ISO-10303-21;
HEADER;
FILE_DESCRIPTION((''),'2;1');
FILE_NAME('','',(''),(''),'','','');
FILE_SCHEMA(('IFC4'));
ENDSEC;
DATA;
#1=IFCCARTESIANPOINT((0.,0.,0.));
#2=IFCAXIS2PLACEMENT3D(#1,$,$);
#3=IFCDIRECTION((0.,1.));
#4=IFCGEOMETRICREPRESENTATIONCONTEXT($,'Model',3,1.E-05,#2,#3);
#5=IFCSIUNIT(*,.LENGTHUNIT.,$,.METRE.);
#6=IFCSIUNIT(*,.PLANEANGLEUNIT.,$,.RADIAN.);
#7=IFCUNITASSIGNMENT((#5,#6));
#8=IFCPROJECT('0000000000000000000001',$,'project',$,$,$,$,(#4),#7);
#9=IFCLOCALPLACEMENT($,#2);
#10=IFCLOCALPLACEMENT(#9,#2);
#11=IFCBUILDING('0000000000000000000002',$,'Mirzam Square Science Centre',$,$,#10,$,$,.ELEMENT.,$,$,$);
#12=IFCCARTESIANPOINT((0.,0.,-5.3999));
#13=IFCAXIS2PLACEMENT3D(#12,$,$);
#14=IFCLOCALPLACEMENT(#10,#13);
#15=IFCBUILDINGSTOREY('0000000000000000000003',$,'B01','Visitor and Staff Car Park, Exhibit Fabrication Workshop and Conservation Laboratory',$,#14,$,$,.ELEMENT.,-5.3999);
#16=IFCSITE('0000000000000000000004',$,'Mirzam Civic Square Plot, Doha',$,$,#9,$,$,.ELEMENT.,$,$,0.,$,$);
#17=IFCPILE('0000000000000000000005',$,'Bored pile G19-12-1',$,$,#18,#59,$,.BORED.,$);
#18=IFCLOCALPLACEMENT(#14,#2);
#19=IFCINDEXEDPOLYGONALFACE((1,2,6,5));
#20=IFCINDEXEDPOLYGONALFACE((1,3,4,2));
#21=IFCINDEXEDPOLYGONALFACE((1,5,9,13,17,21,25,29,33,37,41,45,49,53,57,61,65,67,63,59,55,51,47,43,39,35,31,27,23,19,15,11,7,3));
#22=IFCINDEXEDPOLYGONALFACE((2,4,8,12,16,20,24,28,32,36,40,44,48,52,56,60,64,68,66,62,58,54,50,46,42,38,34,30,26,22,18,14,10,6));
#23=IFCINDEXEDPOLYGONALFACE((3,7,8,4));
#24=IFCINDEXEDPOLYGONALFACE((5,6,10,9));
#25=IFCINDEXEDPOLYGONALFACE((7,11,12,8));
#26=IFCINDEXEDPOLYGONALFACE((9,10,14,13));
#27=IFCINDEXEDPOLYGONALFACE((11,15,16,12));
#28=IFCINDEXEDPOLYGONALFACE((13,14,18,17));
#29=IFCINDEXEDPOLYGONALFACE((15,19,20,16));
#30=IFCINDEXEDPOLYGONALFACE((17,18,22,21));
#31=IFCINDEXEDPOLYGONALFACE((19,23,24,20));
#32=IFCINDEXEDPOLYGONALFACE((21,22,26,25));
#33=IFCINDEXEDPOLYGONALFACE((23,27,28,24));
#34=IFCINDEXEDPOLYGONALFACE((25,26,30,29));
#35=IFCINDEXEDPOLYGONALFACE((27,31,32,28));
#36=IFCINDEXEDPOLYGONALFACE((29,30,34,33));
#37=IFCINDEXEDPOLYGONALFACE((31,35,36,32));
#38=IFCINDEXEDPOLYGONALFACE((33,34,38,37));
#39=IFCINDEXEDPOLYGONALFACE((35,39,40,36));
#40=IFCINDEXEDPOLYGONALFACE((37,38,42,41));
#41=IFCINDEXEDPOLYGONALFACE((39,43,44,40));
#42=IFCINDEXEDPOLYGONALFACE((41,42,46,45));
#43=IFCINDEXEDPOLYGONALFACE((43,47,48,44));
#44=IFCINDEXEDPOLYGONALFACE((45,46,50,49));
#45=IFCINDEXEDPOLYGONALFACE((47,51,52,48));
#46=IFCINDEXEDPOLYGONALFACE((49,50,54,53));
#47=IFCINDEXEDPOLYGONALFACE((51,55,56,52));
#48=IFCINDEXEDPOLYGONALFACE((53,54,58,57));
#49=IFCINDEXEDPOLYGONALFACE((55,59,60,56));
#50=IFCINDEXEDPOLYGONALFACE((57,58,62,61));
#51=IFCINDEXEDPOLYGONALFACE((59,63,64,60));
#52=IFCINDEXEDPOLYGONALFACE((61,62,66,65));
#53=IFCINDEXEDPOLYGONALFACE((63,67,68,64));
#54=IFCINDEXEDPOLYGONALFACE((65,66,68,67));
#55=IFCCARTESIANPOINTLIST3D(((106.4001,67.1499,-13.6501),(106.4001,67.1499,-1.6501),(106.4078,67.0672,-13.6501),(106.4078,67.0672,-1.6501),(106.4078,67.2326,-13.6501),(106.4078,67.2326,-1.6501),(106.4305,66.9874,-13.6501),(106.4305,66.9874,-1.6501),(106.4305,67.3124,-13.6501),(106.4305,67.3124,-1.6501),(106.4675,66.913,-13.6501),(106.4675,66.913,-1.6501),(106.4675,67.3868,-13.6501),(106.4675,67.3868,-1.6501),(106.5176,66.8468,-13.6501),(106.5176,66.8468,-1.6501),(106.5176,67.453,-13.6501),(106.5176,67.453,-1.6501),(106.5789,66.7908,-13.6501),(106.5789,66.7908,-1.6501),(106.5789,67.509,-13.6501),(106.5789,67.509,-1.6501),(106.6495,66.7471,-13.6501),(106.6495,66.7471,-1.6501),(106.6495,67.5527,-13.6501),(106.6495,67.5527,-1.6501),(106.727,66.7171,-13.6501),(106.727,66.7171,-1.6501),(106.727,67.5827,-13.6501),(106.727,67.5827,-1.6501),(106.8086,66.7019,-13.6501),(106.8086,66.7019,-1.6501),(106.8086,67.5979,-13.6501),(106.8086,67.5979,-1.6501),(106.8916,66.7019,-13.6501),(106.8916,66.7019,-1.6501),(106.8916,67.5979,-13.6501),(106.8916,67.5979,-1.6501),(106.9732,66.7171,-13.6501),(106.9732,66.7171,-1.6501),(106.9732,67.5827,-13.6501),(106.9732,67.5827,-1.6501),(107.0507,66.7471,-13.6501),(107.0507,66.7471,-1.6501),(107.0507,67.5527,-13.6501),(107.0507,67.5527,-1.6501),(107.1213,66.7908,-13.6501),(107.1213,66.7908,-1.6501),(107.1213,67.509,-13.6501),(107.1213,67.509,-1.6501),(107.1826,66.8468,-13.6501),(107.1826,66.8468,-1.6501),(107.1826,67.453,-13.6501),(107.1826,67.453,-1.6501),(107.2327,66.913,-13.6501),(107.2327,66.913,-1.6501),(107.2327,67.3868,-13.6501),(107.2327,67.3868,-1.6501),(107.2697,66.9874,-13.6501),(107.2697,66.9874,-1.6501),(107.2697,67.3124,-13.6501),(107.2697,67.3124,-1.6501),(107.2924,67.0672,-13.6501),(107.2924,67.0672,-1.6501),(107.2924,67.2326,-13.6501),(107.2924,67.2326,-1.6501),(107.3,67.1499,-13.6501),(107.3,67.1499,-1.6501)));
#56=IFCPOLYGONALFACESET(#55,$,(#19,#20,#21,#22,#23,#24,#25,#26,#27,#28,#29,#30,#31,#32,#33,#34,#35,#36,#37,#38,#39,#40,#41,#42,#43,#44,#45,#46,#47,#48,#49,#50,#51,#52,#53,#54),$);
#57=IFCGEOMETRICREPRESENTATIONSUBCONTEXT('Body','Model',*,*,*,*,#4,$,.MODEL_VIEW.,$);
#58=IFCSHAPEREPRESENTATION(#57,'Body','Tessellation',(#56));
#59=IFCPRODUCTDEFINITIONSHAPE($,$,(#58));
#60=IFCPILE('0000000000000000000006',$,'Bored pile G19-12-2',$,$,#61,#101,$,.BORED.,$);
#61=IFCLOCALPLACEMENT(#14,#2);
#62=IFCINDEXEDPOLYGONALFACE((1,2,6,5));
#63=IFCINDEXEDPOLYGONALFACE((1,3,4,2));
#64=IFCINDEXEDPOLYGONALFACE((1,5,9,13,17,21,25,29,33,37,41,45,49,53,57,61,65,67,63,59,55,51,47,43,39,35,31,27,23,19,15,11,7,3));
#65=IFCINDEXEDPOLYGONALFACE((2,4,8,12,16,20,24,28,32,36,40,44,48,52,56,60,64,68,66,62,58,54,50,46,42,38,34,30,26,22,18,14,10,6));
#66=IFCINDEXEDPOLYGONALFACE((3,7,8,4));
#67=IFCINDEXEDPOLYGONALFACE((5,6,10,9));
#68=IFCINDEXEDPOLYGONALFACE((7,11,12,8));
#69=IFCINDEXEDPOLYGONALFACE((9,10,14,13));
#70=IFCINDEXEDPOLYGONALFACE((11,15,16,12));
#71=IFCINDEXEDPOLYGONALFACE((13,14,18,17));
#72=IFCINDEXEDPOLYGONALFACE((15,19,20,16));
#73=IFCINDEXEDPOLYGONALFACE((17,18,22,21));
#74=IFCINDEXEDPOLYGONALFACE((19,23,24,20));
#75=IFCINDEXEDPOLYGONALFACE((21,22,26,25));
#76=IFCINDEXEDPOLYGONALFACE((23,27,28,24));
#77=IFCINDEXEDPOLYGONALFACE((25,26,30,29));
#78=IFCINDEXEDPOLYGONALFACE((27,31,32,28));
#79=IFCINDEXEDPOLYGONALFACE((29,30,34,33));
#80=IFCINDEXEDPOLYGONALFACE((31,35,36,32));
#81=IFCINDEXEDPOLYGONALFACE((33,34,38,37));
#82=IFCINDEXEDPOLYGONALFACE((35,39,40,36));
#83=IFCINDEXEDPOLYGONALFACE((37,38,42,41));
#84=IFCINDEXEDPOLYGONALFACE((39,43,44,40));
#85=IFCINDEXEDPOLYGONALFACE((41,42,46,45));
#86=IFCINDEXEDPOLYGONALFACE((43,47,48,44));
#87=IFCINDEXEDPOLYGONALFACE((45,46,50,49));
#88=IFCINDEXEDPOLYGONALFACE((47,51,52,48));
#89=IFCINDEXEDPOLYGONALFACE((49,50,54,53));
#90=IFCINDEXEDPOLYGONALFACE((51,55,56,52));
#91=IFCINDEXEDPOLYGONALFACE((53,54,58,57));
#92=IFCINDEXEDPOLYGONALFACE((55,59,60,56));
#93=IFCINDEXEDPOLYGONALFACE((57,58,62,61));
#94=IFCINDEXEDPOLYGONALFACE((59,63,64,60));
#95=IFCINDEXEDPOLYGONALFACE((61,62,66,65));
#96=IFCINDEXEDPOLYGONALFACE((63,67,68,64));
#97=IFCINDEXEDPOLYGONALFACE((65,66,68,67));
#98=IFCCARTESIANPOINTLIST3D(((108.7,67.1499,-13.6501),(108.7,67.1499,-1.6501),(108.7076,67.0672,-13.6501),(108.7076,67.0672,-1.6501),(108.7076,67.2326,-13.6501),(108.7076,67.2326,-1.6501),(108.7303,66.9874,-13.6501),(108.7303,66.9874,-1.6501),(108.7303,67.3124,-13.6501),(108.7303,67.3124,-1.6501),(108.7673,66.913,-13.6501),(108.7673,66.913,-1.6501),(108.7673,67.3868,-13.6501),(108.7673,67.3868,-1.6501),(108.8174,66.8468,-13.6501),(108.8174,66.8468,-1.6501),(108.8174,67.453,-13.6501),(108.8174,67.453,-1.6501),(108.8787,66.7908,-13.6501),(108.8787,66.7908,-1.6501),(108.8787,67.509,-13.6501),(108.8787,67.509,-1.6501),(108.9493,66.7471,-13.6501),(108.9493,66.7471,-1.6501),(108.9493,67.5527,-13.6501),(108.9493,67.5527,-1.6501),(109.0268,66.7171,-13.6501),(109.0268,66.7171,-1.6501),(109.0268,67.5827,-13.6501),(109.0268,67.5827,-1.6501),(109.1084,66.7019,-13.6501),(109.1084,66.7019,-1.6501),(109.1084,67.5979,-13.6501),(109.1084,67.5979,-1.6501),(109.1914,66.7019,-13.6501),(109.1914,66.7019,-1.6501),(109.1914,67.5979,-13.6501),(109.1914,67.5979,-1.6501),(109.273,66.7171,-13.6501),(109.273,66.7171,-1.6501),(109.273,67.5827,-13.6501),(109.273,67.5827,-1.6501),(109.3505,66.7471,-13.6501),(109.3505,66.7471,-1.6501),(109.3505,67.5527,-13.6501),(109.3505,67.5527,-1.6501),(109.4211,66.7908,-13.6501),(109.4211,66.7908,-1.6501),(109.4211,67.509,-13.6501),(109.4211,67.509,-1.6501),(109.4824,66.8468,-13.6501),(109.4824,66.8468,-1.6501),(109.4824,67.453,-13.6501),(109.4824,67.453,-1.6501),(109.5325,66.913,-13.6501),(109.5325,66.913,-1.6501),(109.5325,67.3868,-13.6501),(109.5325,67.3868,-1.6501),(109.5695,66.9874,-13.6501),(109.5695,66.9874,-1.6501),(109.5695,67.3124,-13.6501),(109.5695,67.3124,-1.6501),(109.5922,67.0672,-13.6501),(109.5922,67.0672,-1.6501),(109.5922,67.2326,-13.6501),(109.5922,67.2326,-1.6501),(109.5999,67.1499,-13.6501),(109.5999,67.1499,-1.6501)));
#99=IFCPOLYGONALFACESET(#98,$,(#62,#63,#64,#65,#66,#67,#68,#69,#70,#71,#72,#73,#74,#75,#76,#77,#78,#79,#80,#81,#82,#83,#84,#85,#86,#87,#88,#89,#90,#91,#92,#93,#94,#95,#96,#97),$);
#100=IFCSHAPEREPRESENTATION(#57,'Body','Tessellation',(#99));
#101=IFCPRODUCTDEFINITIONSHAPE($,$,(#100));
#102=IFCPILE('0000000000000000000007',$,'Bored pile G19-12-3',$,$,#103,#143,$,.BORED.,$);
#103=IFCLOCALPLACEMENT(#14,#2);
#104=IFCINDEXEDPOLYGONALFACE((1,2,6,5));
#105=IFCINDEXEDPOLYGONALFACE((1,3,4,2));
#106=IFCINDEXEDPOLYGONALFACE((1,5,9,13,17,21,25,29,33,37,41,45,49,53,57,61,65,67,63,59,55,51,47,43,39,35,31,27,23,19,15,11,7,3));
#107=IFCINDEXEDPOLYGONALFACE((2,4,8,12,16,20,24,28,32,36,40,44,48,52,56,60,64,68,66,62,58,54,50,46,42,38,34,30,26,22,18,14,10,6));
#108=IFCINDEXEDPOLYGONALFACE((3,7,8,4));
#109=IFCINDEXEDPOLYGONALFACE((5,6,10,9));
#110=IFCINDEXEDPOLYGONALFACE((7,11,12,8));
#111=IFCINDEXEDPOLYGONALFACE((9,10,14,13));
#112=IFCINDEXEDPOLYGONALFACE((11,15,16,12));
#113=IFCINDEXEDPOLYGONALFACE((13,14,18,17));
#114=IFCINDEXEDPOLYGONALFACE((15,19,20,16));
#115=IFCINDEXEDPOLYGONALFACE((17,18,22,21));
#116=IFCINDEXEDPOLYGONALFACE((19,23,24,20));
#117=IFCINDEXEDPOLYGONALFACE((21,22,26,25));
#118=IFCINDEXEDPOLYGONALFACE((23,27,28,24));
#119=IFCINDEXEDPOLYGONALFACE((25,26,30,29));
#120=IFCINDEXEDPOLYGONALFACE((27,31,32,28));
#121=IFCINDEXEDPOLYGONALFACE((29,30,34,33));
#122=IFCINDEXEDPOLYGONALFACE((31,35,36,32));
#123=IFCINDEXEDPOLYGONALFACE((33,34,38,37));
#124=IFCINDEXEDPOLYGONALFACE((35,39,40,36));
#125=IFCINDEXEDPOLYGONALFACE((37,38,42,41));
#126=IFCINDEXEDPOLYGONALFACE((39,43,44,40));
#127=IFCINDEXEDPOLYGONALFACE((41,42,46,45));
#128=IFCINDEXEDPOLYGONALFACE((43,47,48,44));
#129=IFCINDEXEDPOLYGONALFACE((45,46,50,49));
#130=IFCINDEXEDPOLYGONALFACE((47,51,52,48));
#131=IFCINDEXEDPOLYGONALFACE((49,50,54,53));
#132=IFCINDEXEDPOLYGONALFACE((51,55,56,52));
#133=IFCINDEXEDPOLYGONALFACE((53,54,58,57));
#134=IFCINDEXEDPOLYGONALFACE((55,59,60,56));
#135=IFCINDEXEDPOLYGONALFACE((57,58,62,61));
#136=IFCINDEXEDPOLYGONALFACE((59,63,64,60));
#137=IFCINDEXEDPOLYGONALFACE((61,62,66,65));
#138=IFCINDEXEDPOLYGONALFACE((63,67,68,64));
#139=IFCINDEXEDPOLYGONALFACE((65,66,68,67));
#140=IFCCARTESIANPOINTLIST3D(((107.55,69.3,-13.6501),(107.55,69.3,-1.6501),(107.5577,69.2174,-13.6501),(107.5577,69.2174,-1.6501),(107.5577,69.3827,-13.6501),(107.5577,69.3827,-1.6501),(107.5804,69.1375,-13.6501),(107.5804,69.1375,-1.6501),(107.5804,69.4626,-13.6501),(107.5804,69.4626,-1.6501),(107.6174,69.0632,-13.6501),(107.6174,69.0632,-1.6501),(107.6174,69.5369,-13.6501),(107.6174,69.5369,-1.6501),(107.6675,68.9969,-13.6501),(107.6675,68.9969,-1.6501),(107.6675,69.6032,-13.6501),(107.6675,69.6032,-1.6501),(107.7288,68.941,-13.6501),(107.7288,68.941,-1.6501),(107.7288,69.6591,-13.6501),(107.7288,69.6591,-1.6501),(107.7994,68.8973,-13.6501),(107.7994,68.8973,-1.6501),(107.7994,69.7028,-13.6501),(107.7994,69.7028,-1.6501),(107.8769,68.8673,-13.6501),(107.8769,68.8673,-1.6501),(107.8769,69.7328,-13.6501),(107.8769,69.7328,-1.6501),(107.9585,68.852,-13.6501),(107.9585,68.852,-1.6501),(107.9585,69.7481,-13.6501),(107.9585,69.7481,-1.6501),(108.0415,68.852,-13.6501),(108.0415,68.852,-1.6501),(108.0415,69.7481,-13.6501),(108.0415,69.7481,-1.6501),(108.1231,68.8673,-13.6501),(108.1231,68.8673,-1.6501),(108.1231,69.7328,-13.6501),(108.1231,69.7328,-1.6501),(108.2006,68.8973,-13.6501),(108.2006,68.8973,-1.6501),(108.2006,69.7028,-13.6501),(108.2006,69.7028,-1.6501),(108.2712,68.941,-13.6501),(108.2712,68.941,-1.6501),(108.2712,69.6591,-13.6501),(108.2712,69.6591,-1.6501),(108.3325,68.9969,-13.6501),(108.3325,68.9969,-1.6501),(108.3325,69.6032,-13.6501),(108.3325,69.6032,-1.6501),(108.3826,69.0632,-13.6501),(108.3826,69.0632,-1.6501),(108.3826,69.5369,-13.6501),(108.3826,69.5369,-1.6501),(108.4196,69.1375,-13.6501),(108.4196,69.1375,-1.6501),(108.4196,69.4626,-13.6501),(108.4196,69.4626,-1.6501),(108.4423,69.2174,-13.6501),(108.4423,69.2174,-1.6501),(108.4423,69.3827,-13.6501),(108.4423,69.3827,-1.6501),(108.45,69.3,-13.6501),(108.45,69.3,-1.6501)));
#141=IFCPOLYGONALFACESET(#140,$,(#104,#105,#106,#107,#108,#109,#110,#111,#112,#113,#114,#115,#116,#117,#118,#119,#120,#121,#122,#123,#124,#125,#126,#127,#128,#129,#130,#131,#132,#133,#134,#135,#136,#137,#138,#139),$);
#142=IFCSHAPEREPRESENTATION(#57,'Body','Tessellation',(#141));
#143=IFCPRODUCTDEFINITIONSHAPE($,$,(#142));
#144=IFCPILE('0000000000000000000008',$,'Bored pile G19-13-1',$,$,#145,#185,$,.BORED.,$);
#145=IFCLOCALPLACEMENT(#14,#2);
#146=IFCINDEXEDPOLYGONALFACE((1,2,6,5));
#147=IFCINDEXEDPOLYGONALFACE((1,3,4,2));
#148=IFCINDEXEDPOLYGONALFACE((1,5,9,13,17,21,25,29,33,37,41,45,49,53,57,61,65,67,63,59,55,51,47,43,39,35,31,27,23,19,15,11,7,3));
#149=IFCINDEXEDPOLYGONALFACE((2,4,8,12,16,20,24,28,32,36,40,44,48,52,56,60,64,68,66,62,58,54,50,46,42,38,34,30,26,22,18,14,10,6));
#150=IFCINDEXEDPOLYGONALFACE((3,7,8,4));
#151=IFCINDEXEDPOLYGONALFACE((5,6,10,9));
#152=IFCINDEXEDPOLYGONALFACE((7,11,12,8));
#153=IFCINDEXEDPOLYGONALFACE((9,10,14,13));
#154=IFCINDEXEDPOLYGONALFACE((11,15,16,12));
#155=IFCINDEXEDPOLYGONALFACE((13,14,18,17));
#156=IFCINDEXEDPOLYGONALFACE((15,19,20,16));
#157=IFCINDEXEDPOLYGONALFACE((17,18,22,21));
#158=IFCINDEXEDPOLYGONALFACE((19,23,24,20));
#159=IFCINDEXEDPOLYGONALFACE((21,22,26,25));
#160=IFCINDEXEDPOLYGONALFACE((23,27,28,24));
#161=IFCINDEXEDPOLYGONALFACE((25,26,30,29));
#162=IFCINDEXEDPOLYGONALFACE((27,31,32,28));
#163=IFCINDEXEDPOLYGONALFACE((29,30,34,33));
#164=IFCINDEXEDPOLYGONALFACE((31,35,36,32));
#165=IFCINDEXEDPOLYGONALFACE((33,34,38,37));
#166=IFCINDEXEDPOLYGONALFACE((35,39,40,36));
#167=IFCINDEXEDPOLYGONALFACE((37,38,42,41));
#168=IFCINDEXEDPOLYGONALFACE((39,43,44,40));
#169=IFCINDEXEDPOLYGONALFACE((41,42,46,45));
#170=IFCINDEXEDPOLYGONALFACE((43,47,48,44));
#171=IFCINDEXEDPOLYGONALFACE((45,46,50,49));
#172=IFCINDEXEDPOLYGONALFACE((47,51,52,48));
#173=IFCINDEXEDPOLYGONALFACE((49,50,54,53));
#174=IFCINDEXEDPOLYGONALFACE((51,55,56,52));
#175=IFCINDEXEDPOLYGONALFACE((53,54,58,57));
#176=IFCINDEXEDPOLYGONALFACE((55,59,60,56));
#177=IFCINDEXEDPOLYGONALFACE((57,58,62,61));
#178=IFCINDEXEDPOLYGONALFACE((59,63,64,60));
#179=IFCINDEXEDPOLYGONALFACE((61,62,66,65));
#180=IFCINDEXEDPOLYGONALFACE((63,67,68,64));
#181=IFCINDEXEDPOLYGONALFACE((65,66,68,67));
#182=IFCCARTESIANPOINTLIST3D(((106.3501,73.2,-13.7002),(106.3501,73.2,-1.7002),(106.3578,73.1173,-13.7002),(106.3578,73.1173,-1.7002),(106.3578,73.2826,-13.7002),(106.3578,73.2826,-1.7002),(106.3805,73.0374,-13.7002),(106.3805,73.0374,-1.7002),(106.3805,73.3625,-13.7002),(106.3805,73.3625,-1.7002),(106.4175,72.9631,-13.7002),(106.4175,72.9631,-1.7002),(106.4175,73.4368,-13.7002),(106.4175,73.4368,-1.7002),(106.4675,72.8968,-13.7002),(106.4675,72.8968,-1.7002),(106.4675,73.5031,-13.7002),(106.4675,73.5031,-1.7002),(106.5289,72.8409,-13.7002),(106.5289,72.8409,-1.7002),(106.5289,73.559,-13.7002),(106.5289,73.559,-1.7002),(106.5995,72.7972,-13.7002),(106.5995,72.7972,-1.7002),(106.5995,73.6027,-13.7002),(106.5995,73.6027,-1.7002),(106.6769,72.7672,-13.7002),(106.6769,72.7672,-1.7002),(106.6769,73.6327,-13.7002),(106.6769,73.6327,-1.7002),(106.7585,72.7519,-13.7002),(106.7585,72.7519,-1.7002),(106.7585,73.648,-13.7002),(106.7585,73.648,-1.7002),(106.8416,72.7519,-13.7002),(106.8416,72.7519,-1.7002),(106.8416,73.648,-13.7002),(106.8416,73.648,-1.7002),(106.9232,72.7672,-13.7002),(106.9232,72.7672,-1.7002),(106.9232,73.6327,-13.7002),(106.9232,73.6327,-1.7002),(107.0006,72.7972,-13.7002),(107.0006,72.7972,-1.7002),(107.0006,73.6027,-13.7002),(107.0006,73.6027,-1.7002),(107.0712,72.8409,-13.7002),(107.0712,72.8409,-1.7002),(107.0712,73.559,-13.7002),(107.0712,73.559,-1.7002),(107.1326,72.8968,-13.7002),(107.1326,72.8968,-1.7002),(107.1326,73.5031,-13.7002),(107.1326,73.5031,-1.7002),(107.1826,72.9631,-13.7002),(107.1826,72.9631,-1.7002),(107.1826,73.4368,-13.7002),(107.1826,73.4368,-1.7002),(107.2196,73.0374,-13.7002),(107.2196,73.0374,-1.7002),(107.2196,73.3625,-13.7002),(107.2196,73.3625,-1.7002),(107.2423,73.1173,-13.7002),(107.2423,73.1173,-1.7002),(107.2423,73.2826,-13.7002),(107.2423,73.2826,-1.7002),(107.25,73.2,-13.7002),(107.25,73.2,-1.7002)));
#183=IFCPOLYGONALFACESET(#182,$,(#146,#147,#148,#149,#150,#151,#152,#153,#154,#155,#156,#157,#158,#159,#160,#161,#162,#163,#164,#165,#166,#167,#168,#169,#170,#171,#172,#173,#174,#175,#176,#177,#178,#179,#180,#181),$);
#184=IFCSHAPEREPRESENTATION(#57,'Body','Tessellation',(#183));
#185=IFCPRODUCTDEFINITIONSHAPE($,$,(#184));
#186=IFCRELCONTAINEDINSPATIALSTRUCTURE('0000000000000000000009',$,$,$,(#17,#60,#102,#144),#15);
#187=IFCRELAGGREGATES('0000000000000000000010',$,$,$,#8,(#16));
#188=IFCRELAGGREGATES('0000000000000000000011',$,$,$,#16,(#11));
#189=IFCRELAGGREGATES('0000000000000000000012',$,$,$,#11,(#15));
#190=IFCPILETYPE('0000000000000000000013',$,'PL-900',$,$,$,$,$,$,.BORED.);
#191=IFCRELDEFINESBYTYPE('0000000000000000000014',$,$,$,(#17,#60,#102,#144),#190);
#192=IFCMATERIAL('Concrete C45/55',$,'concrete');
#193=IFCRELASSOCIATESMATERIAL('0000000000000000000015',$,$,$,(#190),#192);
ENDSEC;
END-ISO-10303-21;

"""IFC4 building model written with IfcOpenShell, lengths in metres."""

from ifc_helpers import new_model, si_unit, direction, frame, origin, origin_2d, place, context, subcontext, project, spatial, circle, extrude, material, material_profile, profile_set, type_object, element, save


model = new_model("IFC4")

# Units and contexts
model_context = context("Model", 3, precision=1e-05, world=origin(), true_north=direction((0.0, 1.0)))
body_context = subcontext(model_context, "Body", "Model", "MODEL_VIEW")
ifc_project = project(units=[si_unit("LENGTHUNIT", "METRE"), si_unit("PLANEANGLEUNIT", "RADIAN")], contexts=[model_context])

# Site, building, storey
site_placement = place(None, origin())
site = spatial("IfcSite", under=ifc_project, at=site_placement, Name="Mirzam Civic Square Plot, Doha", CompositionType="ELEMENT", RefElevation=0.0)
building_placement = place(site_placement, origin())
building = spatial("IfcBuilding", under=site, at=building_placement, Name="Mirzam Square Science Centre", CompositionType="ELEMENT")
storey_placement = place(building_placement, frame((0.0, 0.0, -5.3999)))
storey = spatial("IfcBuildingStorey", under=building, at=storey_placement, Name="B01", Description="Visitor and Staff Car Park, Exhibit Fabrication Workshop and Conservation Laboratory", CompositionType="ELEMENT", Elevation=-5.3999)

# Shared definitions
ifc_material_1 = material(Name="Concrete C45/55", Category="concrete")

# Piles
ifc_material_profile_1 = material_profile(ifc_material_1, circle(Radius=0.45, at=origin_2d()), Name="PILE-D900")
ifc_profile_set_1 = profile_set([ifc_material_profile_1], Name="Concrete C45/55")
pile_type_1 = type_object("IfcPileType", Name="PL-900", PredefinedType="BORED", material=ifc_profile_set_1)
for number, where, z_axis, x_axis, name in (
    (1, (106.8501, 67.1499, -1.6501), (0.0, 0.0, -1.0), (1.0, 0.0, 0.0), "Bored pile G19-12-1"),
    (2, (109.1499, 67.1499, -1.6501), (0.0, 0.0, -1.0), (1.0, 0.0, 0.0), "Bored pile G19-12-2"),
    (3, (108.0, 69.3, -1.6501), (0.0, 0.0, -1.0), (1.0, 0.0, 0.0), "Bored pile G19-12-3"),
    (4, (106.8, 73.2, -1.7002), (0.0, 0.0, -1.0), (1.0, 0.0, 0.0), "Bored pile G19-13-1"),
):
    element("IfcPile", number, at=place(storey_placement, frame(where, z_axis=z_axis, x_axis=x_axis)), inside=storey, type_object=pile_type_1, Name=name, PredefinedType="BORED", context=body_context, shape_type="SweptSolid", body=[
        extrude(circle(Radius=0.45, at=origin_2d()), origin(), (0.0, 0.0, 1.0), 12.0),
    ])

save(model, "model.ifc")
